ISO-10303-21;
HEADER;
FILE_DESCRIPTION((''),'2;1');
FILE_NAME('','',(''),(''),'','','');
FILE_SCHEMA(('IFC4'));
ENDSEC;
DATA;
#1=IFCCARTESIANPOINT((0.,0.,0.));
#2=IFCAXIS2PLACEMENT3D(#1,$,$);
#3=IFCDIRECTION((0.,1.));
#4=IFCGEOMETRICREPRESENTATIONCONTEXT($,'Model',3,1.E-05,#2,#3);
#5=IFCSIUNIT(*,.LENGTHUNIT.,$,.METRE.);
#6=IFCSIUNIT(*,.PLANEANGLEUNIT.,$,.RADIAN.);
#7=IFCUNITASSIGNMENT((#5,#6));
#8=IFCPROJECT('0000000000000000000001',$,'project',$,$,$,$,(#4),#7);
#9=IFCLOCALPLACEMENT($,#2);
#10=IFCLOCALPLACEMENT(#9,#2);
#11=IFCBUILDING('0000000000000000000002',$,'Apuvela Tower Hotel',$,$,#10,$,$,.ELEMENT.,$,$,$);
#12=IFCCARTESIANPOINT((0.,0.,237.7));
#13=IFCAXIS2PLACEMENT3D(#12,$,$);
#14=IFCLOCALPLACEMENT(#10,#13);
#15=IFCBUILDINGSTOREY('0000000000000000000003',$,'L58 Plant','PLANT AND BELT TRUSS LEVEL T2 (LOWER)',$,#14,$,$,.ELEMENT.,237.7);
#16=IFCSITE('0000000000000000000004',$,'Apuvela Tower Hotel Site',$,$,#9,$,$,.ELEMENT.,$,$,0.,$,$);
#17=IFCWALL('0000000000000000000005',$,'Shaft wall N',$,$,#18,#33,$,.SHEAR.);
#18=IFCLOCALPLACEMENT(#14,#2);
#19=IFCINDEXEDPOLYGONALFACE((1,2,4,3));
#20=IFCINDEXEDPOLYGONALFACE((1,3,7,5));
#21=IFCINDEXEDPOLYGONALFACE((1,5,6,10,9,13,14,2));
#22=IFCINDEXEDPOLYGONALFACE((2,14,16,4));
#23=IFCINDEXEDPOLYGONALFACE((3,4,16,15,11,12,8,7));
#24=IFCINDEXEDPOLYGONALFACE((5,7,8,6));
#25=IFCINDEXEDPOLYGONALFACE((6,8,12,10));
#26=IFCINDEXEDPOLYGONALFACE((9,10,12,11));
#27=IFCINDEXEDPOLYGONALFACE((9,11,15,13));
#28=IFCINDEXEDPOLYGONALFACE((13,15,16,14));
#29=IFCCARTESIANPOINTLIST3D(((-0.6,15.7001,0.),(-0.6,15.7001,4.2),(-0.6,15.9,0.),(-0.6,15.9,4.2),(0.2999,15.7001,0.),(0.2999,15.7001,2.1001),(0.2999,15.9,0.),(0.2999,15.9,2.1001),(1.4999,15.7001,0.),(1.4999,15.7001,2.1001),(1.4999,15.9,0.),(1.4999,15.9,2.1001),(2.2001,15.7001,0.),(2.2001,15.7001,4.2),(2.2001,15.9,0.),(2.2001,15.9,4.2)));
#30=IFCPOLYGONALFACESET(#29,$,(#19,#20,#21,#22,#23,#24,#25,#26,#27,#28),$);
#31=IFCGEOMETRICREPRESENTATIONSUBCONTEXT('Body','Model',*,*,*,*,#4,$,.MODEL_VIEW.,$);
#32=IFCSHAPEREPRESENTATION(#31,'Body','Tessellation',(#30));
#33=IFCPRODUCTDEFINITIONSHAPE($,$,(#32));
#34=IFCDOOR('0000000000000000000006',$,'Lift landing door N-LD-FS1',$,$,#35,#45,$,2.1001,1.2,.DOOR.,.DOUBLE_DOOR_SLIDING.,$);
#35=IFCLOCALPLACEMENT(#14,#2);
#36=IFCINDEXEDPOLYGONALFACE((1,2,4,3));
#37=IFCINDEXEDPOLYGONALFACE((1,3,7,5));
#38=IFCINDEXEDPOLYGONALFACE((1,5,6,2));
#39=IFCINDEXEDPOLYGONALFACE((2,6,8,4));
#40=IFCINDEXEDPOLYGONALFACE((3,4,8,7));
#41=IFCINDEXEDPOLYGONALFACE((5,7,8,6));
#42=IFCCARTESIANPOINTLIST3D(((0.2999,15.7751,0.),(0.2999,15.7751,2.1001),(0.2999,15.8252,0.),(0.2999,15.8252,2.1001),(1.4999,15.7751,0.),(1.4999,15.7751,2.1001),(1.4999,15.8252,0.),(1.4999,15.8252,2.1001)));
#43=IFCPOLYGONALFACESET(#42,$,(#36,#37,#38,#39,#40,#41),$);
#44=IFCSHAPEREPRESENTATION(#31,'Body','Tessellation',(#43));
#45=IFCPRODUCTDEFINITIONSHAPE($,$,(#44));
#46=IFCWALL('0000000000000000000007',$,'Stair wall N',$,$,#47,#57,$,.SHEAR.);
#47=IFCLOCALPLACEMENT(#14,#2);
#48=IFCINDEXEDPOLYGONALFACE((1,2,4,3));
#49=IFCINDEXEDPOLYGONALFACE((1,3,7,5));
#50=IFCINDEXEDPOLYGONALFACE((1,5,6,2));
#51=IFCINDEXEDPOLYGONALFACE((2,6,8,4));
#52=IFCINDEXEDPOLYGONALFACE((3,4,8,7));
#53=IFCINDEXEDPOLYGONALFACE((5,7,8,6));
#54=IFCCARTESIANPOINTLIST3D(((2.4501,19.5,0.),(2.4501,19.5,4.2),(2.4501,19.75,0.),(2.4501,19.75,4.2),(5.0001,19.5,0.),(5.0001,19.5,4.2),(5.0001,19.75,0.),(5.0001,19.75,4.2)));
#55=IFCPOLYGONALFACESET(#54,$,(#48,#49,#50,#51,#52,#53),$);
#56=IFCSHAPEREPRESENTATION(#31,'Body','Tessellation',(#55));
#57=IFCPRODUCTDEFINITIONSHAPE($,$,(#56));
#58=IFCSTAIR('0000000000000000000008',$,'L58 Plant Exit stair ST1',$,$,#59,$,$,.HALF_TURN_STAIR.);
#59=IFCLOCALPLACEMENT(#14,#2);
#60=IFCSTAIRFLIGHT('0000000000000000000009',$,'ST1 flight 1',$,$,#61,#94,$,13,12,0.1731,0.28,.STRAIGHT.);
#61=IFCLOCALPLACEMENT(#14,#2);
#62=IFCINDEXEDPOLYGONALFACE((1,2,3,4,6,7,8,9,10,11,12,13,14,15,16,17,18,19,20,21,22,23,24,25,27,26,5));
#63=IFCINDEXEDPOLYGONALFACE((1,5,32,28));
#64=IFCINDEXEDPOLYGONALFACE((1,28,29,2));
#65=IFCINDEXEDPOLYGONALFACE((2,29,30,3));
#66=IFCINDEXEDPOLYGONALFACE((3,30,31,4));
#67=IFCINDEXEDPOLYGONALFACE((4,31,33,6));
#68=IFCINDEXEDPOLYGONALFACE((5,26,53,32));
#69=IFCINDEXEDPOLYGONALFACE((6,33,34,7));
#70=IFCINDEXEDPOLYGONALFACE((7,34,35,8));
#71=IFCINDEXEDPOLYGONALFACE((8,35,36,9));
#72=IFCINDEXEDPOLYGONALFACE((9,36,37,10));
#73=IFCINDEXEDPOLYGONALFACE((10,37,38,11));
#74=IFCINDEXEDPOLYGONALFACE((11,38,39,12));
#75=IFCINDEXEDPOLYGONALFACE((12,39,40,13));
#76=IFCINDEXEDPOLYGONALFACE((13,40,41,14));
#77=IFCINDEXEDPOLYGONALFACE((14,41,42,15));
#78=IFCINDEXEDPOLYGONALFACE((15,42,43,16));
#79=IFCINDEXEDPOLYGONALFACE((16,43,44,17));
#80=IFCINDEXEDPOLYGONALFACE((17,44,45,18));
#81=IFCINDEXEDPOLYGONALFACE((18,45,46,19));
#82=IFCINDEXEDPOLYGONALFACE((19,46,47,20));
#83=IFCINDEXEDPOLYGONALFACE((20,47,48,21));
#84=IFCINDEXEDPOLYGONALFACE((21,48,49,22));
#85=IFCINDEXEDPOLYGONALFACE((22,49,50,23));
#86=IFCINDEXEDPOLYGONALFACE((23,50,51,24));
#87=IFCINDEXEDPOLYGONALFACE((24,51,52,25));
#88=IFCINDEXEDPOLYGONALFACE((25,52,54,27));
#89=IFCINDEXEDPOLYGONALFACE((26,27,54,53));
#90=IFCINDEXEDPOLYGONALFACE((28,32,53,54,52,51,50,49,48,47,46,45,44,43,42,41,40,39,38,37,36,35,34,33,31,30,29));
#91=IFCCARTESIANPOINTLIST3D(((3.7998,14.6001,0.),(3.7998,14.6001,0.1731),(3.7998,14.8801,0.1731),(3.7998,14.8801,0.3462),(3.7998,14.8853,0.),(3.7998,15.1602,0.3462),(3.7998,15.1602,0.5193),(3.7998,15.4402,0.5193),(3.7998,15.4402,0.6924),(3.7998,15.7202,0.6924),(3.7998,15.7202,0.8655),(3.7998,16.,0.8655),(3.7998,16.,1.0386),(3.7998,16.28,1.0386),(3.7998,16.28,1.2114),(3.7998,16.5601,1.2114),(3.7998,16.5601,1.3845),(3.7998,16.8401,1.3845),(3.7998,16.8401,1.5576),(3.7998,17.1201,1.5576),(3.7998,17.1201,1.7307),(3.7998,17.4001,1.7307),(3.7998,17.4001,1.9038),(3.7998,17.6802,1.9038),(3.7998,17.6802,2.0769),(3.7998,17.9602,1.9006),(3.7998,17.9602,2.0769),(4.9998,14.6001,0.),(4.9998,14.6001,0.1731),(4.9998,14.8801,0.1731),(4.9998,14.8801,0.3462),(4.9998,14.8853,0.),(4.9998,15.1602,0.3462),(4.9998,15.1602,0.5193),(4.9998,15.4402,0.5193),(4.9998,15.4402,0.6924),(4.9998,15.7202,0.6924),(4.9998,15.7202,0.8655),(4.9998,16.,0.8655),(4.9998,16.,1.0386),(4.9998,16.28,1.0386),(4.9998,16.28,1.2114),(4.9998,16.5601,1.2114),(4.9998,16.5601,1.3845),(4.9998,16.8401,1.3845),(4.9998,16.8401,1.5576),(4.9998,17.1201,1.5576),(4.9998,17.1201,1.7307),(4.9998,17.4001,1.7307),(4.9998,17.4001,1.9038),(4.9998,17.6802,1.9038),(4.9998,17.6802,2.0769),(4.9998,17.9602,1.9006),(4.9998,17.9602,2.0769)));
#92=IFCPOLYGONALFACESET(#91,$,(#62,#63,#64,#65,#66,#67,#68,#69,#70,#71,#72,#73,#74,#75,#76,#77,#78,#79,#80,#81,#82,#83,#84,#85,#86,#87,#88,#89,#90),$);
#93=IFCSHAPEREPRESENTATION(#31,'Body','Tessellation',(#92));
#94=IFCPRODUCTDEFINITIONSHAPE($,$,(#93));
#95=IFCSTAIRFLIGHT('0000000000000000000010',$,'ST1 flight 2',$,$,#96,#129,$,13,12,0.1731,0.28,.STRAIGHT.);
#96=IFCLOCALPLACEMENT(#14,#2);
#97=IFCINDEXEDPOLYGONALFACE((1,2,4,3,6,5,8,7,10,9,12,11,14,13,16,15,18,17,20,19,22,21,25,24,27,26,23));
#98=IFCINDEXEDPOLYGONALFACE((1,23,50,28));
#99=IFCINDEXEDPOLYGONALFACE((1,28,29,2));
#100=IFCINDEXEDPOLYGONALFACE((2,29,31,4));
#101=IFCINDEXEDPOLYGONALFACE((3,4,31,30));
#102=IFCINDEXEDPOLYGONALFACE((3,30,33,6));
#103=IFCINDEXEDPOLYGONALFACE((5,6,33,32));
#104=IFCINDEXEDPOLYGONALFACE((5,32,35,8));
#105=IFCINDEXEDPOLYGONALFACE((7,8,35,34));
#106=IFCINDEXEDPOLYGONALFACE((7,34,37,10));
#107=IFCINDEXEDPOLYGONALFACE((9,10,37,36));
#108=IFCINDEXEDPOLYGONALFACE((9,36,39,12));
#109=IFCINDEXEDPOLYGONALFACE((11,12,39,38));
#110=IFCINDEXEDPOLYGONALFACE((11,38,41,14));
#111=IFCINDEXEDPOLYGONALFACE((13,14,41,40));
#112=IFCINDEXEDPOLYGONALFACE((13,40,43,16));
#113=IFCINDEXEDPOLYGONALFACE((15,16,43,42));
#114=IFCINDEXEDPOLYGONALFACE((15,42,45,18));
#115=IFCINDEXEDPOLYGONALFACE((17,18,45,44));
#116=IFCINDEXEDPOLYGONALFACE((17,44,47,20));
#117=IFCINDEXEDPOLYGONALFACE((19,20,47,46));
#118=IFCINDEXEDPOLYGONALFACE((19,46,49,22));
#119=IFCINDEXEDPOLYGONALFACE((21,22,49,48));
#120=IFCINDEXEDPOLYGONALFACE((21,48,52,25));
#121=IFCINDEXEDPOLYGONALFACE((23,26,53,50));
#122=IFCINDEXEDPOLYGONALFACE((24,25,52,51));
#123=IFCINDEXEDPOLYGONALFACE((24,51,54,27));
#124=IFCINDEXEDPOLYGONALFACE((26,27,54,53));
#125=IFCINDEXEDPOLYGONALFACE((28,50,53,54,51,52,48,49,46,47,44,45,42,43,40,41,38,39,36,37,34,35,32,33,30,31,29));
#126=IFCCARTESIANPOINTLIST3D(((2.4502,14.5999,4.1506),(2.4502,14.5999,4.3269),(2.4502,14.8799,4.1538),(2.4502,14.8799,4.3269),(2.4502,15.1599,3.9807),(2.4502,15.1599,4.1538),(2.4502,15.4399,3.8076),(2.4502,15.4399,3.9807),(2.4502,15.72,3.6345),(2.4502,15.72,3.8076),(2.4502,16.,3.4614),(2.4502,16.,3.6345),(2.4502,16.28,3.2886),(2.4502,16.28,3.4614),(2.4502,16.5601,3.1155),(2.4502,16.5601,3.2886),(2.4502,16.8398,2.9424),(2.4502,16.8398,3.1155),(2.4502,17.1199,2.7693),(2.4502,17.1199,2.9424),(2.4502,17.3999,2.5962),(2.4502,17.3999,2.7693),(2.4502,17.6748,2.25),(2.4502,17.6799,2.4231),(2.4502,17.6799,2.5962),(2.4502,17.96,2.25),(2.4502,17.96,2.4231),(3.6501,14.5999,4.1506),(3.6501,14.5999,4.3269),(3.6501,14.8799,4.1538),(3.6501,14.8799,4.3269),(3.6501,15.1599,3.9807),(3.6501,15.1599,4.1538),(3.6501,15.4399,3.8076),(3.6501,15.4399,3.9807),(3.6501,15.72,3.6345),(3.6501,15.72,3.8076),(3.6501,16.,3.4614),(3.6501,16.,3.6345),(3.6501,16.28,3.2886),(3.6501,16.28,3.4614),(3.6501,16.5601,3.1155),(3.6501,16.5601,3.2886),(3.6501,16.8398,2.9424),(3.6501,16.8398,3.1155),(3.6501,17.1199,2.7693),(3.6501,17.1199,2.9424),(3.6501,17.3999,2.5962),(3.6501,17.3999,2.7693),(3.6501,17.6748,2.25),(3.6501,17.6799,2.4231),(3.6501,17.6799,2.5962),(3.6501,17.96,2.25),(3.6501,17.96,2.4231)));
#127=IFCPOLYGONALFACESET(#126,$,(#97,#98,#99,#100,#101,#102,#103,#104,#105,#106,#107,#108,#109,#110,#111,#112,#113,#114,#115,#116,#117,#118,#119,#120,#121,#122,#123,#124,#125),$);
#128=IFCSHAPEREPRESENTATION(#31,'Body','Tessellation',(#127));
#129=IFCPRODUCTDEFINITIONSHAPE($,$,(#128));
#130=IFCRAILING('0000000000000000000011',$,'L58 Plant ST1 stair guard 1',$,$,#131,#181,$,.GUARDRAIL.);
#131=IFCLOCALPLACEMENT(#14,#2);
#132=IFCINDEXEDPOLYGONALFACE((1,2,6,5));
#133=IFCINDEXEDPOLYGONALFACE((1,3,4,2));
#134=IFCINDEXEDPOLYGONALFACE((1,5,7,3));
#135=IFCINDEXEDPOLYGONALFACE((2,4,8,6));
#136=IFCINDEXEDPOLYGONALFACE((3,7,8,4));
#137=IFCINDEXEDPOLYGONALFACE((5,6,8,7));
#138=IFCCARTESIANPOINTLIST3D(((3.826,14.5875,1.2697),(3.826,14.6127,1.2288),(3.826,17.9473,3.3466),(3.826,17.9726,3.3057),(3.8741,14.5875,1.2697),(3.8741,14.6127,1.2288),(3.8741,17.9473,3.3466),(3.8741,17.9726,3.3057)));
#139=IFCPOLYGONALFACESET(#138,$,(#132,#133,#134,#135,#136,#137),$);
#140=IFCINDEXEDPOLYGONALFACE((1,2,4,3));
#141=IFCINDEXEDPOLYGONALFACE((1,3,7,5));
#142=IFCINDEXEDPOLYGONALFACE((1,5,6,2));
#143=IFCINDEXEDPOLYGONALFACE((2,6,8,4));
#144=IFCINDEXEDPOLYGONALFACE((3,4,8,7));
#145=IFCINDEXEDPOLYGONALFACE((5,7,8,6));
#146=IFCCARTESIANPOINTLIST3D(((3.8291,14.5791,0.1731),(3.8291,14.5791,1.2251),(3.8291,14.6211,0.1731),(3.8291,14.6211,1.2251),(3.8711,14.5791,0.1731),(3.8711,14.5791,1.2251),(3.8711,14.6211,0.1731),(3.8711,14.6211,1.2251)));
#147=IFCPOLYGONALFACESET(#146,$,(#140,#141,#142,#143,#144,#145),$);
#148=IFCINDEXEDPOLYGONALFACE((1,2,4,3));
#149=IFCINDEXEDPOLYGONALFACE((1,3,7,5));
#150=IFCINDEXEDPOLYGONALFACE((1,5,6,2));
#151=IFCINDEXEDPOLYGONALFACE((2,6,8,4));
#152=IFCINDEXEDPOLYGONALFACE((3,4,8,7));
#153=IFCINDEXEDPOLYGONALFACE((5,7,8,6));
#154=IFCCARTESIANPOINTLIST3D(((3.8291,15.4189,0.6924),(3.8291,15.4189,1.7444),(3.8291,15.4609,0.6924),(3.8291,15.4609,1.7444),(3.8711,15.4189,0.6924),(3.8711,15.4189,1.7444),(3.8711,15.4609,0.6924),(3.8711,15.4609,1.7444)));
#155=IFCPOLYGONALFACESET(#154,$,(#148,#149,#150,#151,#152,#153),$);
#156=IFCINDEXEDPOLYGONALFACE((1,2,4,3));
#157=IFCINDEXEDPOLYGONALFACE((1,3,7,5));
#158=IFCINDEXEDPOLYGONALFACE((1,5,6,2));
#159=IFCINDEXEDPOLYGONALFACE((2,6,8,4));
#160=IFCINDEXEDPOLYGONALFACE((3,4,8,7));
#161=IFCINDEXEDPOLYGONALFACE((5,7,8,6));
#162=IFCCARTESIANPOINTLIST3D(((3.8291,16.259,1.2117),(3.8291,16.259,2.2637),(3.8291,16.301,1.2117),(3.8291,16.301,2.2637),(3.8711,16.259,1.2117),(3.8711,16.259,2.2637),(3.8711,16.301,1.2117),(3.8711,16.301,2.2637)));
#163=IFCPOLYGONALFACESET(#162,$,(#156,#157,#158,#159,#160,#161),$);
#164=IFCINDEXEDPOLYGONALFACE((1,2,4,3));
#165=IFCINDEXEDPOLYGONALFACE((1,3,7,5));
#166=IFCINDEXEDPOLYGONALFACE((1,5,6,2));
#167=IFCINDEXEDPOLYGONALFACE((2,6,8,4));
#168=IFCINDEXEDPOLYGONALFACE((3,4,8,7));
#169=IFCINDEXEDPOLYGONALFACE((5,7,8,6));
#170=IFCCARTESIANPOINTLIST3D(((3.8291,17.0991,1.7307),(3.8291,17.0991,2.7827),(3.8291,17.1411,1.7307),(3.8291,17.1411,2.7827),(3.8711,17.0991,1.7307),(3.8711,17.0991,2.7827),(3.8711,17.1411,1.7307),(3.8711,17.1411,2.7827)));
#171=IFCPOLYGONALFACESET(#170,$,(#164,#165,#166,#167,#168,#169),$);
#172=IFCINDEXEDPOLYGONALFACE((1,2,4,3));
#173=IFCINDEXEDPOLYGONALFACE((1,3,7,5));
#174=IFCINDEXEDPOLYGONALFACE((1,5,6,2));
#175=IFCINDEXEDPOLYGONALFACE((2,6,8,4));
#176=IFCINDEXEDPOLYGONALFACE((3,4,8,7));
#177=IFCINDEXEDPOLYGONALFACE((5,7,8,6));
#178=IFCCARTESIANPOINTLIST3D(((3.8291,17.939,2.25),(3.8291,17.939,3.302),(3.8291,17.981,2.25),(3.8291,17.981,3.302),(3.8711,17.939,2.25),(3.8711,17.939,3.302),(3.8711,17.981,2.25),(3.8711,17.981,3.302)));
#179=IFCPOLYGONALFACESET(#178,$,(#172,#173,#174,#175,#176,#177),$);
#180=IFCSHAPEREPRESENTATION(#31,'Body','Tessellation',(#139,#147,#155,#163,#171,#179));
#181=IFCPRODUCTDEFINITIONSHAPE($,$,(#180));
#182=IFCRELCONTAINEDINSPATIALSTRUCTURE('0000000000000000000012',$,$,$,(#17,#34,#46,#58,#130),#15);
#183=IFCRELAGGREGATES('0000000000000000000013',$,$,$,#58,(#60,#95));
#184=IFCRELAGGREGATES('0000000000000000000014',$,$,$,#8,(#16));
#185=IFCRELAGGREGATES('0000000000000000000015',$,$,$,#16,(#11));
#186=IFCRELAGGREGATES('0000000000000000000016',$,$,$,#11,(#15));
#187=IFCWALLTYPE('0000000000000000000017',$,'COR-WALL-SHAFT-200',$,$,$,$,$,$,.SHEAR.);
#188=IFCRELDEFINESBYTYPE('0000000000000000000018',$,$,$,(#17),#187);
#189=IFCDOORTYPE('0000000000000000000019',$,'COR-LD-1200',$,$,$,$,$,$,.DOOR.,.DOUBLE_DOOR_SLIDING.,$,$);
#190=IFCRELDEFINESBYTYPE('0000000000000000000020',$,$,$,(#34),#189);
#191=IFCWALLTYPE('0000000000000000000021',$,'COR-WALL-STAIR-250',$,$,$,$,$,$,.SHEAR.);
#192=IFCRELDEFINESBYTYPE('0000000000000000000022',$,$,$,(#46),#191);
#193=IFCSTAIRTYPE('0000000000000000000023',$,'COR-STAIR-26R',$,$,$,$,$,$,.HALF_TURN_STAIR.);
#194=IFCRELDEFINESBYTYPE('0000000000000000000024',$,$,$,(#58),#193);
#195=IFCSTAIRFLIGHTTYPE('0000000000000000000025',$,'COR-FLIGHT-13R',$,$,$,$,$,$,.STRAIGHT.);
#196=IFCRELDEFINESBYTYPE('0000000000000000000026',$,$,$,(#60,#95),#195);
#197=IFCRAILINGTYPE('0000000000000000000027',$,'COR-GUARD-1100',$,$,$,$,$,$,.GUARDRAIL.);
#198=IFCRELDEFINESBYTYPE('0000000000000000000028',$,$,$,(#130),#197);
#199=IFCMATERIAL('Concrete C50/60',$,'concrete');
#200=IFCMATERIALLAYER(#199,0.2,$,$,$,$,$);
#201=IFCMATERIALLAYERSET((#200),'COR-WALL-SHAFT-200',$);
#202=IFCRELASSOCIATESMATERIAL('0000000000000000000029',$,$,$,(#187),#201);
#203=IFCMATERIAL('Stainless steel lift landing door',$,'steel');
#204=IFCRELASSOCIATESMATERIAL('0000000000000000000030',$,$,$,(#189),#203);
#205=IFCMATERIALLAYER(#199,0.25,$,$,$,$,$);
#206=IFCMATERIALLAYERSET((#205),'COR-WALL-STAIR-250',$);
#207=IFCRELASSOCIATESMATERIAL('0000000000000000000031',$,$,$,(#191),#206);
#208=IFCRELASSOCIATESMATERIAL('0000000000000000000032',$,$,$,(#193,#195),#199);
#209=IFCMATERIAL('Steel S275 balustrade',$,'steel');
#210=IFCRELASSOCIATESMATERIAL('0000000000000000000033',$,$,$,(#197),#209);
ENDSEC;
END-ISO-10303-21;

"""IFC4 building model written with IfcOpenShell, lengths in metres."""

from ifc_helpers import new_model, si_unit, direction, frame, frame_2d, origin, origin_2d, place, context, subcontext, project, spatial, polyline, rectangle, outline, extrude, material, layer, layer_set, type_object, element, fill, aggregate, save


model = new_model("IFC4")

# Units and contexts
model_context = context("Model", 3, precision=1e-05, world=origin(), true_north=direction((0.0, 1.0)))
body_context = subcontext(model_context, "Body", "Model", "MODEL_VIEW")
ifc_project = project(units=[si_unit("LENGTHUNIT", "METRE"), si_unit("PLANEANGLEUNIT", "RADIAN")], contexts=[model_context])

# Site, building, storey
site_placement = place(None, origin())
site = spatial("IfcSite", under=ifc_project, at=site_placement, Name="Apuvela Tower Hotel Site", CompositionType="ELEMENT", RefElevation=0.0)
building_placement = place(site_placement, origin())
building = spatial("IfcBuilding", under=site, at=building_placement, Name="Apuvela Tower Hotel", CompositionType="ELEMENT")
storey_placement = place(building_placement, frame((0.0, 0.0, 237.7)))
storey = spatial("IfcBuildingStorey", under=building, at=storey_placement, Name="L58 Plant", Description="PLANT AND BELT TRUSS LEVEL T2 (LOWER)", CompositionType="ELEMENT", Elevation=237.7)

# Shared definitions
ifc_material_1 = material(Name="Concrete C50/60", Category="concrete")
ifc_layer_1 = layer(ifc_material_1, 0.2)
ifc_layer_set_1 = layer_set([ifc_layer_1], Name="COR-WALL-SHAFT-200")
wall_type_1 = type_object("IfcWallType", Name="COR-WALL-SHAFT-200", PredefinedType="SHEAR", material=ifc_layer_set_1)

# Wall, opening, door
wall_1_placement = place(storey_placement, frame((2.2, 15.8, 0.0), z_axis=(0.0, 0.0, 1.0), x_axis=(-1.0, 0.0, 0.0)))
wall_1 = element("IfcWall", 1, at=wall_1_placement, inside=storey, type_object=wall_type_1, Name="Shaft wall N", PredefinedType="SHEAR", context=body_context, shape_type="SweptSolid", body=[
    extrude(rectangle(XDim=2.8, YDim=0.2, at=frame_2d((1.3999, 0.0))), origin(), (0.0, 0.0, 1.0), 4.2),
])
opening_placement = place(wall_1_placement, frame((0.7, 0.0, 0.0)))
opening = element("IfcOpeningElement", 2, at=opening_placement, cuts=wall_1, PredefinedType="OPENING", context=body_context, shape_type="SweptSolid", body=[
    extrude(rectangle(XDim=1.2, YDim=2.1001, at=frame_2d((0.6001, 1.05))), frame((0.0, 0.1099, 0.0), z_axis=(0.0, -1.0, 0.0), x_axis=(1.0, 0.0, 0.0)), (0.0, 0.0, 1.0), 0.22),
])
ifc_material_2 = material(Name="Stainless steel lift landing door", Category="steel")
door_type = type_object("IfcDoorType", Name="COR-LD-1200", OperationType="DOUBLE_DOOR_SLIDING", PredefinedType="DOOR", material=ifc_material_2)
door_placement = place(opening_placement, origin())
door = element("IfcDoor", 3, at=door_placement, inside=storey, type_object=door_type, Name="Lift landing door N-LD-FS1", OperationType="DOUBLE_DOOR_SLIDING", OverallHeight=2.1001, OverallWidth=1.2, PredefinedType="DOOR", context=body_context, shape_type="SweptSolid", body=[
    extrude(rectangle(XDim=1.2, YDim=2.1001, at=frame_2d((0.6001, 1.05))), frame((0.0, 0.0249, 0.0), z_axis=(0.0, -1.0, 0.0), x_axis=(1.0, 0.0, 0.0)), (0.0, 0.0, 1.0), 0.05),
])
fill(opening, door)

# Wall
ifc_layer_2 = layer(ifc_material_1, 0.25)
ifc_layer_set_2 = layer_set([ifc_layer_2], Name="COR-WALL-STAIR-250")
wall_type_2 = type_object("IfcWallType", Name="COR-WALL-STAIR-250", PredefinedType="SHEAR", material=ifc_layer_set_2)
wall_2_placement = place(storey_placement, frame((5.0, 19.625, 0.0), z_axis=(0.0, 0.0, 1.0), x_axis=(-1.0, 0.0, 0.0)))
element("IfcWall", 4, at=wall_2_placement, inside=storey, type_object=wall_type_2, Name="Stair wall N", PredefinedType="SHEAR", context=body_context, shape_type="SweptSolid", body=[
    extrude(rectangle(XDim=2.55, YDim=0.25, at=frame_2d((1.2749, 0.0))), origin(), (0.0, 0.0, 1.0), 4.2),
])

# Stair, stair flights
stair_type = type_object("IfcStairType", Name="COR-STAIR-26R", PredefinedType="HALF_TURN_STAIR", material=ifc_material_1)
stair_placement = place(storey_placement, origin())
stair = element("IfcStair", 5, at=stair_placement, inside=storey, type_object=stair_type, Name="L58 Plant Exit stair ST1", PredefinedType="HALF_TURN_STAIR")
stair_flight_type = type_object("IfcStairFlightType", Name="COR-FLIGHT-13R", PredefinedType="STRAIGHT", material=ifc_material_1)
stair_flight_1_placement = place(storey_placement, frame((4.3999, 14.6001, 0.0), z_axis=(0.0, 0.0, 1.0), x_axis=(0.0, 1.0, 0.0)))
stair_flight_1 = element("IfcStairFlight", 6, at=stair_flight_1_placement, type_object=stair_flight_type, Name="ST1 flight 1", NumberOfRisers=13, NumberOfTreads=12, PredefinedType="STRAIGHT", RiserHeight=0.1731, TreadLength=0.28, context=body_context, shape_type="SweptSolid", body=[
    extrude(outline(polyline([(0.0, 0.0), (0.0, 0.1731), (0.28, 0.1731), (0.28, 0.3462), (0.5601, 0.3462), (0.5601, 0.5193), (0.8401, 0.5193), (0.8401, 0.6924), (1.1201, 0.6924), (1.1201, 0.8655), (1.3999, 0.8655), (1.3999, 1.0386), (1.6799, 1.0386), (1.6799, 1.2114), (1.96, 1.2114), (1.96, 1.3845), (2.24, 1.3845), (2.24, 1.5576), (2.52, 1.5576), (2.52, 1.7307), (2.8, 1.7307), (2.8, 1.9038), (3.0801, 1.9038), (3.0801, 2.0769), (3.3601, 2.0769), (3.3601, 2.25), (3.3601, 1.9006), (0.2852, 0.0), (0.0, 0.0)])), frame((0.0, 0.6001, 0.0), z_axis=(0.0, -1.0, 0.0), x_axis=(1.0, 0.0, 0.0)), (0.0, 0.0, 1.0), 1.2),
])
stair_flight_2_placement = place(storey_placement, frame((3.05, 17.96, 2.25), z_axis=(0.0, 0.0, 1.0), x_axis=(0.0, -1.0, 0.0)))
stair_flight_2 = element("IfcStairFlight", 7, at=stair_flight_2_placement, type_object=stair_flight_type, Name="ST1 flight 2", NumberOfRisers=13, NumberOfTreads=12, PredefinedType="STRAIGHT", RiserHeight=0.1731, TreadLength=0.28, context=body_context, shape_type="SweptSolid", body=[
    extrude(outline(polyline([(0.0, 0.0), (0.0, 0.1731), (0.28, 0.1731), (0.28, 0.3462), (0.5601, 0.3462), (0.5601, 0.5193), (0.8401, 0.5193), (0.8401, 0.6924), (1.1201, 0.6924), (1.1201, 0.8655), (1.3999, 0.8655), (1.3999, 1.0386), (1.6799, 1.0386), (1.6799, 1.2114), (1.96, 1.2114), (1.96, 1.3845), (2.24, 1.3845), (2.24, 1.5576), (2.52, 1.5576), (2.52, 1.7307), (2.8, 1.7307), (2.8, 1.9038), (3.0801, 1.9038), (3.0801, 2.0769), (3.3601, 2.0769), (3.3601, 2.25), (3.3601, 1.9006), (0.2852, 0.0), (0.0, 0.0)])), frame((0.0, 0.6001, 0.0), z_axis=(0.0, -1.0, 0.0), x_axis=(1.0, 0.0, 0.0)), (0.0, 0.0, 1.0), 1.2),
])
aggregate(stair, [stair_flight_1, stair_flight_2])

# Railing
ifc_material_3 = material(Name="Steel S275 balustrade", Category="steel")
railing_type_1 = type_object("IfcRailingType", Name="COR-GUARD-1100", PredefinedType="GUARDRAIL", material=ifc_material_3)
railing_1_placement = place(storey_placement, frame((3.8501, 14.6001, 0.1731)))
element("IfcRailing", 8, at=railing_1_placement, inside=storey, type_object=railing_type_1, Name="L58 Plant ST1 stair guard 1", PredefinedType="GUARDRAIL", context=body_context, shape_type="SweptSolid", body=[
    extrude(rectangle(XDim=0.0481, YDim=0.0481, at=origin_2d()), frame((0.0, 0.0, 1.0762), z_axis=(0.0, 0.850606, 0.525803), x_axis=(-1.0, 0.0, 0.0)), (0.0, 0.0, 1.0), 3.95),
    extrude(rectangle(XDim=0.042, YDim=0.042, at=origin_2d()), origin(), (0.0, 0.0, 1.0), 1.052),
    extrude(rectangle(XDim=0.042, YDim=0.042, at=origin_2d()), frame((0.0, 0.8398, 0.5193)), (0.0, 0.0, 1.0), 1.052),
    extrude(rectangle(XDim=0.042, YDim=0.042, at=origin_2d()), frame((0.0, 1.6799, 1.0386)), (0.0, 0.0, 1.0), 1.052),
    extrude(rectangle(XDim=0.042, YDim=0.042, at=origin_2d()), frame((0.0, 2.52, 1.5576)), (0.0, 0.0, 1.0), 1.052),
    extrude(rectangle(XDim=0.042, YDim=0.042, at=origin_2d()), frame((0.0, 3.3599, 2.0769)), (0.0, 0.0, 1.0), 1.052),
])

save(model, "model.ifc")
